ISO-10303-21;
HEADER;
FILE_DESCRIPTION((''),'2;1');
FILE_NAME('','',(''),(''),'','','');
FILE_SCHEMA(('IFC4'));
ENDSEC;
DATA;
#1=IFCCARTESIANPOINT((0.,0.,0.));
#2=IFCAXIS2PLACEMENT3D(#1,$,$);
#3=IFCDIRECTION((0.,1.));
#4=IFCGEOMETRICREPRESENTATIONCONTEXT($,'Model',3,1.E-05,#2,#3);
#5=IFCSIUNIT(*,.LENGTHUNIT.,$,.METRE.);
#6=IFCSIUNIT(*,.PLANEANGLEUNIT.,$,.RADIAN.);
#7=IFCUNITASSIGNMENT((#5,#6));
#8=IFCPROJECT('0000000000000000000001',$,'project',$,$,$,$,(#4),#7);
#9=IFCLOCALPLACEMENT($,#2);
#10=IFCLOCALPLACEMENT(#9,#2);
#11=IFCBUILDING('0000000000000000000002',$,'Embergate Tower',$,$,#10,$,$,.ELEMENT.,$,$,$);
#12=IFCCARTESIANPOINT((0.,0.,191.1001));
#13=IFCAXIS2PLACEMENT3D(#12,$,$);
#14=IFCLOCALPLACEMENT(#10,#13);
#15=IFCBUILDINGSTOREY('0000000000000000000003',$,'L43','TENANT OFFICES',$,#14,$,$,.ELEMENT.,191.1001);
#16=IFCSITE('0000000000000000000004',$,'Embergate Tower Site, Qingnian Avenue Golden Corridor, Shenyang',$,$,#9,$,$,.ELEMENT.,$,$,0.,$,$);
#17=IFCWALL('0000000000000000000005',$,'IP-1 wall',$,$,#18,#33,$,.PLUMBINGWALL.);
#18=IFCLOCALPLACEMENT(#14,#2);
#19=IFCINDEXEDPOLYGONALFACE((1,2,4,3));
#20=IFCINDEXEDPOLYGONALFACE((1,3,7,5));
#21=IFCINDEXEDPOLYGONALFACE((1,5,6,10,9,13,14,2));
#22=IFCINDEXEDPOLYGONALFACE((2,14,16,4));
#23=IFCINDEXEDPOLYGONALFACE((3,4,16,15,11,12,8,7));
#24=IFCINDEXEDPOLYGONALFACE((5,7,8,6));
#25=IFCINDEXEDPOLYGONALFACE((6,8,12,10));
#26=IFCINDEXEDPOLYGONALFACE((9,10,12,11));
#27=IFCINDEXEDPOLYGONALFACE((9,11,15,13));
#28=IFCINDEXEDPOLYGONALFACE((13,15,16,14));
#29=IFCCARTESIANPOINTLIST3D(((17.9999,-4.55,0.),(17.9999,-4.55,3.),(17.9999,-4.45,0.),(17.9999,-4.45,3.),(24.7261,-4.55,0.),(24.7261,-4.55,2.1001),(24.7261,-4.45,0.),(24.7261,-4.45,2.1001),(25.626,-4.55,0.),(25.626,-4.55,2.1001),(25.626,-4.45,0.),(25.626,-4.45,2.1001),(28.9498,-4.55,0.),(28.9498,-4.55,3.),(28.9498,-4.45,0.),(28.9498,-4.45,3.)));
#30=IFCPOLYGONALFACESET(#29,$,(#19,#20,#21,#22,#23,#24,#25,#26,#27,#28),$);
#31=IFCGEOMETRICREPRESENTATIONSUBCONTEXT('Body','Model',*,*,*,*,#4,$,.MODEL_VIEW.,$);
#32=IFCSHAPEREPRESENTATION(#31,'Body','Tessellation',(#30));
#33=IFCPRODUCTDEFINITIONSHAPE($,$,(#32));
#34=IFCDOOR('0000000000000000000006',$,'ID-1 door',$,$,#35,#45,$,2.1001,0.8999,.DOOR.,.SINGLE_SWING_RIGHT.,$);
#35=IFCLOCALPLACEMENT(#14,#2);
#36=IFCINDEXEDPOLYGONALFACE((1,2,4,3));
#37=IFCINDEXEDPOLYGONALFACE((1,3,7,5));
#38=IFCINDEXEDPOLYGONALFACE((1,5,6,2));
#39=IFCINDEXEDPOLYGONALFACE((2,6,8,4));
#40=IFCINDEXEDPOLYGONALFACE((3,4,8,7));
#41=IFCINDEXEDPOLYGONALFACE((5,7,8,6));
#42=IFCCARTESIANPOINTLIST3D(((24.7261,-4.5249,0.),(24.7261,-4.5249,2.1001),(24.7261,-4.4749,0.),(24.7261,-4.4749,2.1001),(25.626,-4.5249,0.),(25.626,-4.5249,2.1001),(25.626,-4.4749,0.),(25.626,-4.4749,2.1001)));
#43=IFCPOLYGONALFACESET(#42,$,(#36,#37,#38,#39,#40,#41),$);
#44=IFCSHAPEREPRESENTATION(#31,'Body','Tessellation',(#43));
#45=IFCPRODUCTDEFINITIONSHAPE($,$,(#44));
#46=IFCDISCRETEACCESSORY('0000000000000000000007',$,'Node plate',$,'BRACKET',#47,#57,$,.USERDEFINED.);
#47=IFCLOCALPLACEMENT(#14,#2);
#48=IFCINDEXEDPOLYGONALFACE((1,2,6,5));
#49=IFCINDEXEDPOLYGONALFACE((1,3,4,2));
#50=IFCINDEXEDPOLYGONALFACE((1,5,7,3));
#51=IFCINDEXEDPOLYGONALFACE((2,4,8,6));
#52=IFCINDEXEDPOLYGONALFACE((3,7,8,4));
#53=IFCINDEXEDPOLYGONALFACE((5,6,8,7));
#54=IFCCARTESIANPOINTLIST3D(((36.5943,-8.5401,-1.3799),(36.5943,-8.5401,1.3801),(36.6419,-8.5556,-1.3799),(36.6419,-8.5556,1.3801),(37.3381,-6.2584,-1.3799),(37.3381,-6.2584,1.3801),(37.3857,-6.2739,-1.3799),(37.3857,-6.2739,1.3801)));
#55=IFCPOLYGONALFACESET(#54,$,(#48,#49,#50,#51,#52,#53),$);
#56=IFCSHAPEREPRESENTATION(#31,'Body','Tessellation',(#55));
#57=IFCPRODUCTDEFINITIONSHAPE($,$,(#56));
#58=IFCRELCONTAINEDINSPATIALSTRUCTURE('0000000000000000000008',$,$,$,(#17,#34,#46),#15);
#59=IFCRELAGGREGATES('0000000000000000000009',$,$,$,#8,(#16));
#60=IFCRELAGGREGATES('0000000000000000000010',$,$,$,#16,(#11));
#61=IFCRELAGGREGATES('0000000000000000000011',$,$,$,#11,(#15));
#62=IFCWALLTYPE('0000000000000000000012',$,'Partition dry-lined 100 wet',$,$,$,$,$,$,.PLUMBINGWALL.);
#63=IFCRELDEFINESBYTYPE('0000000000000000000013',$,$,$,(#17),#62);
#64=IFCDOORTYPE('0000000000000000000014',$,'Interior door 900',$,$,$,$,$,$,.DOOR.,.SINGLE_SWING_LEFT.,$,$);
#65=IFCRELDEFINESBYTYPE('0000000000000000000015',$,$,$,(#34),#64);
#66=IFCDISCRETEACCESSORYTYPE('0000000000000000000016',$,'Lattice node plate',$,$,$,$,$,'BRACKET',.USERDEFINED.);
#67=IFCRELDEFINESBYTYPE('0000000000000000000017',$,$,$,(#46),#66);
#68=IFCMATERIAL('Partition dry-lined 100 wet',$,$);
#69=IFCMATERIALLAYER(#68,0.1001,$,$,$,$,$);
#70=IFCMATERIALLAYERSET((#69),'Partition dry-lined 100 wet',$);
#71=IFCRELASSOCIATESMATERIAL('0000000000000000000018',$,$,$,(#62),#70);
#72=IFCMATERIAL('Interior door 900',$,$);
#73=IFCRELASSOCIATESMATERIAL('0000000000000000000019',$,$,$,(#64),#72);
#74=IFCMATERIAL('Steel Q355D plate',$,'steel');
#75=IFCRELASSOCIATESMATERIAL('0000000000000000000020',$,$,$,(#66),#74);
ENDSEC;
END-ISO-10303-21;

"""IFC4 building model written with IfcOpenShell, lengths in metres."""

from ifc_helpers import new_model, si_unit, direction, frame, frame_2d, origin, origin_2d, place, context, subcontext, project, spatial, rectangle, extrude, source, transform, mapped, material, layer, layer_set, type_object, element, fill, save


model = new_model("IFC4")

# Units and contexts
model_context = context("Model", 3, precision=1e-05, world=origin(), true_north=direction((0.0, 1.0)))
body_context = subcontext(model_context, "Body", "Model", "MODEL_VIEW")
ifc_project = project(units=[si_unit("LENGTHUNIT", "METRE"), si_unit("PLANEANGLEUNIT", "RADIAN")], contexts=[model_context])

# Site, building, storey
site_placement = place(None, origin())
site = spatial("IfcSite", under=ifc_project, at=site_placement, Name="Embergate Tower Site, Qingnian Avenue Golden Corridor, Shenyang", CompositionType="ELEMENT", RefElevation=0.0)
building_placement = place(site_placement, origin())
building = spatial("IfcBuilding", under=site, at=building_placement, Name="Embergate Tower", CompositionType="ELEMENT")
storey_placement = place(building_placement, frame((0.0, 0.0, 191.1001)))
storey = spatial("IfcBuildingStorey", under=building, at=storey_placement, Name="L43", Description="TENANT OFFICES", CompositionType="ELEMENT", Elevation=191.1001)

# Wall, opening, door
shared_shape_1 = source(origin(), body_context, "Body", "SweptSolid", [
    extrude(rectangle(XDim=0.8999, YDim=2.1001, at=frame_2d((0.45, 1.05))), frame((0.0, 0.0249, 0.0), z_axis=(0.0, -1.0, 0.0), x_axis=(1.0, 0.0, 0.0)), (0.0, 0.0, 1.0), 0.05),
])
ifc_material_1 = material(Name="Partition dry-lined 100 wet")
ifc_layer_1 = layer(ifc_material_1, 0.1001)
ifc_layer_set_1 = layer_set([ifc_layer_1], Name="Partition dry-lined 100 wet")
wall_type_1 = type_object("IfcWallType", Name="Partition dry-lined 100 wet", PredefinedType="PLUMBINGWALL", material=ifc_layer_set_1)
shared_shape_2 = source(origin(), body_context, "Body", "SweptSolid", [
    extrude(rectangle(XDim=10.95, YDim=0.1001, at=frame_2d((5.4751, 0.0))), origin(), (0.0, 0.0, 1.0), 3.0),
])
wall_1_placement = place(storey_placement, frame((28.95, -4.5, 0.0), z_axis=(0.0, 0.0, 1.0), x_axis=(-1.0, 0.0, 0.0)))
wall_1 = element("IfcWall", 1, at=wall_1_placement, inside=storey, type_object=wall_type_1, Name="IP-1 wall", PredefinedType="PLUMBINGWALL", context=body_context, shape_type="MappedRepresentation", body=[
    mapped(shared_shape_2, transform((0.0, 0.0, 0.0))),
])
shared_shape_3 = source(origin(), body_context, "Body", "SweptSolid", [
    extrude(rectangle(XDim=0.8999, YDim=2.1001, at=frame_2d((0.45, 1.05))), frame((0.0, 0.0601, 0.0), z_axis=(0.0, -1.0, 0.0), x_axis=(1.0, 0.0, 0.0)), (0.0, 0.0, 1.0), 0.1201),
])
opening_1_placement = place(wall_1_placement, frame((3.324, 0.0, 0.0)))
opening_1 = element("IfcOpeningElement", 2, at=opening_1_placement, cuts=wall_1, PredefinedType="OPENING", context=body_context, shape_type="MappedRepresentation", body=[
    mapped(shared_shape_3, transform((0.0, 0.0, 0.0))),
])
ifc_material_2 = material(Name="Interior door 900")
door_type_1 = type_object("IfcDoorType", Name="Interior door 900", OperationType="SINGLE_SWING_LEFT", PredefinedType="DOOR", material=ifc_material_2)
door_1_placement = place(opening_1_placement, origin())
door_1 = element("IfcDoor", 3, at=door_1_placement, inside=storey, type_object=door_type_1, Name="ID-1 door", OperationType="SINGLE_SWING_RIGHT", OverallHeight=2.1001, OverallWidth=0.8999, PredefinedType="DOOR", context=body_context, shape_type="MappedRepresentation", body=[
    mapped(shared_shape_1, transform((0.0, 0.0, 0.0))),
])
fill(opening_1, door_1)

# Discrete accessory
ifc_material_3 = material(Name="Steel Q355D plate", Category="steel")
discrete_accessory_type = type_object("IfcDiscreteAccessoryType", Name="Lattice node plate", ElementType="BRACKET", PredefinedType="USERDEFINED", material=ifc_material_3)
shared_shape_4 = source(origin(), body_context, "Body", "SweptSolid", [
    extrude(rectangle(XDim=2.3999, YDim=0.05, at=origin_2d()), origin(), (0.0, 0.0, 1.0), 2.76),
])
discrete_accessory_placement = place(storey_placement, frame((36.99, -7.407, -1.3799), z_axis=(0.0, 0.0, 1.0), x_axis=(0.309946, 0.950754, 0.0)))
element("IfcDiscreteAccessory", 4, at=discrete_accessory_placement, inside=storey, type_object=discrete_accessory_type, Name="Node plate", ObjectType="BRACKET", PredefinedType="USERDEFINED", context=body_context, shape_type="MappedRepresentation", body=[
    mapped(shared_shape_4, transform((0.0, 0.0, 0.0))),
])

save(model, "model.ifc")
